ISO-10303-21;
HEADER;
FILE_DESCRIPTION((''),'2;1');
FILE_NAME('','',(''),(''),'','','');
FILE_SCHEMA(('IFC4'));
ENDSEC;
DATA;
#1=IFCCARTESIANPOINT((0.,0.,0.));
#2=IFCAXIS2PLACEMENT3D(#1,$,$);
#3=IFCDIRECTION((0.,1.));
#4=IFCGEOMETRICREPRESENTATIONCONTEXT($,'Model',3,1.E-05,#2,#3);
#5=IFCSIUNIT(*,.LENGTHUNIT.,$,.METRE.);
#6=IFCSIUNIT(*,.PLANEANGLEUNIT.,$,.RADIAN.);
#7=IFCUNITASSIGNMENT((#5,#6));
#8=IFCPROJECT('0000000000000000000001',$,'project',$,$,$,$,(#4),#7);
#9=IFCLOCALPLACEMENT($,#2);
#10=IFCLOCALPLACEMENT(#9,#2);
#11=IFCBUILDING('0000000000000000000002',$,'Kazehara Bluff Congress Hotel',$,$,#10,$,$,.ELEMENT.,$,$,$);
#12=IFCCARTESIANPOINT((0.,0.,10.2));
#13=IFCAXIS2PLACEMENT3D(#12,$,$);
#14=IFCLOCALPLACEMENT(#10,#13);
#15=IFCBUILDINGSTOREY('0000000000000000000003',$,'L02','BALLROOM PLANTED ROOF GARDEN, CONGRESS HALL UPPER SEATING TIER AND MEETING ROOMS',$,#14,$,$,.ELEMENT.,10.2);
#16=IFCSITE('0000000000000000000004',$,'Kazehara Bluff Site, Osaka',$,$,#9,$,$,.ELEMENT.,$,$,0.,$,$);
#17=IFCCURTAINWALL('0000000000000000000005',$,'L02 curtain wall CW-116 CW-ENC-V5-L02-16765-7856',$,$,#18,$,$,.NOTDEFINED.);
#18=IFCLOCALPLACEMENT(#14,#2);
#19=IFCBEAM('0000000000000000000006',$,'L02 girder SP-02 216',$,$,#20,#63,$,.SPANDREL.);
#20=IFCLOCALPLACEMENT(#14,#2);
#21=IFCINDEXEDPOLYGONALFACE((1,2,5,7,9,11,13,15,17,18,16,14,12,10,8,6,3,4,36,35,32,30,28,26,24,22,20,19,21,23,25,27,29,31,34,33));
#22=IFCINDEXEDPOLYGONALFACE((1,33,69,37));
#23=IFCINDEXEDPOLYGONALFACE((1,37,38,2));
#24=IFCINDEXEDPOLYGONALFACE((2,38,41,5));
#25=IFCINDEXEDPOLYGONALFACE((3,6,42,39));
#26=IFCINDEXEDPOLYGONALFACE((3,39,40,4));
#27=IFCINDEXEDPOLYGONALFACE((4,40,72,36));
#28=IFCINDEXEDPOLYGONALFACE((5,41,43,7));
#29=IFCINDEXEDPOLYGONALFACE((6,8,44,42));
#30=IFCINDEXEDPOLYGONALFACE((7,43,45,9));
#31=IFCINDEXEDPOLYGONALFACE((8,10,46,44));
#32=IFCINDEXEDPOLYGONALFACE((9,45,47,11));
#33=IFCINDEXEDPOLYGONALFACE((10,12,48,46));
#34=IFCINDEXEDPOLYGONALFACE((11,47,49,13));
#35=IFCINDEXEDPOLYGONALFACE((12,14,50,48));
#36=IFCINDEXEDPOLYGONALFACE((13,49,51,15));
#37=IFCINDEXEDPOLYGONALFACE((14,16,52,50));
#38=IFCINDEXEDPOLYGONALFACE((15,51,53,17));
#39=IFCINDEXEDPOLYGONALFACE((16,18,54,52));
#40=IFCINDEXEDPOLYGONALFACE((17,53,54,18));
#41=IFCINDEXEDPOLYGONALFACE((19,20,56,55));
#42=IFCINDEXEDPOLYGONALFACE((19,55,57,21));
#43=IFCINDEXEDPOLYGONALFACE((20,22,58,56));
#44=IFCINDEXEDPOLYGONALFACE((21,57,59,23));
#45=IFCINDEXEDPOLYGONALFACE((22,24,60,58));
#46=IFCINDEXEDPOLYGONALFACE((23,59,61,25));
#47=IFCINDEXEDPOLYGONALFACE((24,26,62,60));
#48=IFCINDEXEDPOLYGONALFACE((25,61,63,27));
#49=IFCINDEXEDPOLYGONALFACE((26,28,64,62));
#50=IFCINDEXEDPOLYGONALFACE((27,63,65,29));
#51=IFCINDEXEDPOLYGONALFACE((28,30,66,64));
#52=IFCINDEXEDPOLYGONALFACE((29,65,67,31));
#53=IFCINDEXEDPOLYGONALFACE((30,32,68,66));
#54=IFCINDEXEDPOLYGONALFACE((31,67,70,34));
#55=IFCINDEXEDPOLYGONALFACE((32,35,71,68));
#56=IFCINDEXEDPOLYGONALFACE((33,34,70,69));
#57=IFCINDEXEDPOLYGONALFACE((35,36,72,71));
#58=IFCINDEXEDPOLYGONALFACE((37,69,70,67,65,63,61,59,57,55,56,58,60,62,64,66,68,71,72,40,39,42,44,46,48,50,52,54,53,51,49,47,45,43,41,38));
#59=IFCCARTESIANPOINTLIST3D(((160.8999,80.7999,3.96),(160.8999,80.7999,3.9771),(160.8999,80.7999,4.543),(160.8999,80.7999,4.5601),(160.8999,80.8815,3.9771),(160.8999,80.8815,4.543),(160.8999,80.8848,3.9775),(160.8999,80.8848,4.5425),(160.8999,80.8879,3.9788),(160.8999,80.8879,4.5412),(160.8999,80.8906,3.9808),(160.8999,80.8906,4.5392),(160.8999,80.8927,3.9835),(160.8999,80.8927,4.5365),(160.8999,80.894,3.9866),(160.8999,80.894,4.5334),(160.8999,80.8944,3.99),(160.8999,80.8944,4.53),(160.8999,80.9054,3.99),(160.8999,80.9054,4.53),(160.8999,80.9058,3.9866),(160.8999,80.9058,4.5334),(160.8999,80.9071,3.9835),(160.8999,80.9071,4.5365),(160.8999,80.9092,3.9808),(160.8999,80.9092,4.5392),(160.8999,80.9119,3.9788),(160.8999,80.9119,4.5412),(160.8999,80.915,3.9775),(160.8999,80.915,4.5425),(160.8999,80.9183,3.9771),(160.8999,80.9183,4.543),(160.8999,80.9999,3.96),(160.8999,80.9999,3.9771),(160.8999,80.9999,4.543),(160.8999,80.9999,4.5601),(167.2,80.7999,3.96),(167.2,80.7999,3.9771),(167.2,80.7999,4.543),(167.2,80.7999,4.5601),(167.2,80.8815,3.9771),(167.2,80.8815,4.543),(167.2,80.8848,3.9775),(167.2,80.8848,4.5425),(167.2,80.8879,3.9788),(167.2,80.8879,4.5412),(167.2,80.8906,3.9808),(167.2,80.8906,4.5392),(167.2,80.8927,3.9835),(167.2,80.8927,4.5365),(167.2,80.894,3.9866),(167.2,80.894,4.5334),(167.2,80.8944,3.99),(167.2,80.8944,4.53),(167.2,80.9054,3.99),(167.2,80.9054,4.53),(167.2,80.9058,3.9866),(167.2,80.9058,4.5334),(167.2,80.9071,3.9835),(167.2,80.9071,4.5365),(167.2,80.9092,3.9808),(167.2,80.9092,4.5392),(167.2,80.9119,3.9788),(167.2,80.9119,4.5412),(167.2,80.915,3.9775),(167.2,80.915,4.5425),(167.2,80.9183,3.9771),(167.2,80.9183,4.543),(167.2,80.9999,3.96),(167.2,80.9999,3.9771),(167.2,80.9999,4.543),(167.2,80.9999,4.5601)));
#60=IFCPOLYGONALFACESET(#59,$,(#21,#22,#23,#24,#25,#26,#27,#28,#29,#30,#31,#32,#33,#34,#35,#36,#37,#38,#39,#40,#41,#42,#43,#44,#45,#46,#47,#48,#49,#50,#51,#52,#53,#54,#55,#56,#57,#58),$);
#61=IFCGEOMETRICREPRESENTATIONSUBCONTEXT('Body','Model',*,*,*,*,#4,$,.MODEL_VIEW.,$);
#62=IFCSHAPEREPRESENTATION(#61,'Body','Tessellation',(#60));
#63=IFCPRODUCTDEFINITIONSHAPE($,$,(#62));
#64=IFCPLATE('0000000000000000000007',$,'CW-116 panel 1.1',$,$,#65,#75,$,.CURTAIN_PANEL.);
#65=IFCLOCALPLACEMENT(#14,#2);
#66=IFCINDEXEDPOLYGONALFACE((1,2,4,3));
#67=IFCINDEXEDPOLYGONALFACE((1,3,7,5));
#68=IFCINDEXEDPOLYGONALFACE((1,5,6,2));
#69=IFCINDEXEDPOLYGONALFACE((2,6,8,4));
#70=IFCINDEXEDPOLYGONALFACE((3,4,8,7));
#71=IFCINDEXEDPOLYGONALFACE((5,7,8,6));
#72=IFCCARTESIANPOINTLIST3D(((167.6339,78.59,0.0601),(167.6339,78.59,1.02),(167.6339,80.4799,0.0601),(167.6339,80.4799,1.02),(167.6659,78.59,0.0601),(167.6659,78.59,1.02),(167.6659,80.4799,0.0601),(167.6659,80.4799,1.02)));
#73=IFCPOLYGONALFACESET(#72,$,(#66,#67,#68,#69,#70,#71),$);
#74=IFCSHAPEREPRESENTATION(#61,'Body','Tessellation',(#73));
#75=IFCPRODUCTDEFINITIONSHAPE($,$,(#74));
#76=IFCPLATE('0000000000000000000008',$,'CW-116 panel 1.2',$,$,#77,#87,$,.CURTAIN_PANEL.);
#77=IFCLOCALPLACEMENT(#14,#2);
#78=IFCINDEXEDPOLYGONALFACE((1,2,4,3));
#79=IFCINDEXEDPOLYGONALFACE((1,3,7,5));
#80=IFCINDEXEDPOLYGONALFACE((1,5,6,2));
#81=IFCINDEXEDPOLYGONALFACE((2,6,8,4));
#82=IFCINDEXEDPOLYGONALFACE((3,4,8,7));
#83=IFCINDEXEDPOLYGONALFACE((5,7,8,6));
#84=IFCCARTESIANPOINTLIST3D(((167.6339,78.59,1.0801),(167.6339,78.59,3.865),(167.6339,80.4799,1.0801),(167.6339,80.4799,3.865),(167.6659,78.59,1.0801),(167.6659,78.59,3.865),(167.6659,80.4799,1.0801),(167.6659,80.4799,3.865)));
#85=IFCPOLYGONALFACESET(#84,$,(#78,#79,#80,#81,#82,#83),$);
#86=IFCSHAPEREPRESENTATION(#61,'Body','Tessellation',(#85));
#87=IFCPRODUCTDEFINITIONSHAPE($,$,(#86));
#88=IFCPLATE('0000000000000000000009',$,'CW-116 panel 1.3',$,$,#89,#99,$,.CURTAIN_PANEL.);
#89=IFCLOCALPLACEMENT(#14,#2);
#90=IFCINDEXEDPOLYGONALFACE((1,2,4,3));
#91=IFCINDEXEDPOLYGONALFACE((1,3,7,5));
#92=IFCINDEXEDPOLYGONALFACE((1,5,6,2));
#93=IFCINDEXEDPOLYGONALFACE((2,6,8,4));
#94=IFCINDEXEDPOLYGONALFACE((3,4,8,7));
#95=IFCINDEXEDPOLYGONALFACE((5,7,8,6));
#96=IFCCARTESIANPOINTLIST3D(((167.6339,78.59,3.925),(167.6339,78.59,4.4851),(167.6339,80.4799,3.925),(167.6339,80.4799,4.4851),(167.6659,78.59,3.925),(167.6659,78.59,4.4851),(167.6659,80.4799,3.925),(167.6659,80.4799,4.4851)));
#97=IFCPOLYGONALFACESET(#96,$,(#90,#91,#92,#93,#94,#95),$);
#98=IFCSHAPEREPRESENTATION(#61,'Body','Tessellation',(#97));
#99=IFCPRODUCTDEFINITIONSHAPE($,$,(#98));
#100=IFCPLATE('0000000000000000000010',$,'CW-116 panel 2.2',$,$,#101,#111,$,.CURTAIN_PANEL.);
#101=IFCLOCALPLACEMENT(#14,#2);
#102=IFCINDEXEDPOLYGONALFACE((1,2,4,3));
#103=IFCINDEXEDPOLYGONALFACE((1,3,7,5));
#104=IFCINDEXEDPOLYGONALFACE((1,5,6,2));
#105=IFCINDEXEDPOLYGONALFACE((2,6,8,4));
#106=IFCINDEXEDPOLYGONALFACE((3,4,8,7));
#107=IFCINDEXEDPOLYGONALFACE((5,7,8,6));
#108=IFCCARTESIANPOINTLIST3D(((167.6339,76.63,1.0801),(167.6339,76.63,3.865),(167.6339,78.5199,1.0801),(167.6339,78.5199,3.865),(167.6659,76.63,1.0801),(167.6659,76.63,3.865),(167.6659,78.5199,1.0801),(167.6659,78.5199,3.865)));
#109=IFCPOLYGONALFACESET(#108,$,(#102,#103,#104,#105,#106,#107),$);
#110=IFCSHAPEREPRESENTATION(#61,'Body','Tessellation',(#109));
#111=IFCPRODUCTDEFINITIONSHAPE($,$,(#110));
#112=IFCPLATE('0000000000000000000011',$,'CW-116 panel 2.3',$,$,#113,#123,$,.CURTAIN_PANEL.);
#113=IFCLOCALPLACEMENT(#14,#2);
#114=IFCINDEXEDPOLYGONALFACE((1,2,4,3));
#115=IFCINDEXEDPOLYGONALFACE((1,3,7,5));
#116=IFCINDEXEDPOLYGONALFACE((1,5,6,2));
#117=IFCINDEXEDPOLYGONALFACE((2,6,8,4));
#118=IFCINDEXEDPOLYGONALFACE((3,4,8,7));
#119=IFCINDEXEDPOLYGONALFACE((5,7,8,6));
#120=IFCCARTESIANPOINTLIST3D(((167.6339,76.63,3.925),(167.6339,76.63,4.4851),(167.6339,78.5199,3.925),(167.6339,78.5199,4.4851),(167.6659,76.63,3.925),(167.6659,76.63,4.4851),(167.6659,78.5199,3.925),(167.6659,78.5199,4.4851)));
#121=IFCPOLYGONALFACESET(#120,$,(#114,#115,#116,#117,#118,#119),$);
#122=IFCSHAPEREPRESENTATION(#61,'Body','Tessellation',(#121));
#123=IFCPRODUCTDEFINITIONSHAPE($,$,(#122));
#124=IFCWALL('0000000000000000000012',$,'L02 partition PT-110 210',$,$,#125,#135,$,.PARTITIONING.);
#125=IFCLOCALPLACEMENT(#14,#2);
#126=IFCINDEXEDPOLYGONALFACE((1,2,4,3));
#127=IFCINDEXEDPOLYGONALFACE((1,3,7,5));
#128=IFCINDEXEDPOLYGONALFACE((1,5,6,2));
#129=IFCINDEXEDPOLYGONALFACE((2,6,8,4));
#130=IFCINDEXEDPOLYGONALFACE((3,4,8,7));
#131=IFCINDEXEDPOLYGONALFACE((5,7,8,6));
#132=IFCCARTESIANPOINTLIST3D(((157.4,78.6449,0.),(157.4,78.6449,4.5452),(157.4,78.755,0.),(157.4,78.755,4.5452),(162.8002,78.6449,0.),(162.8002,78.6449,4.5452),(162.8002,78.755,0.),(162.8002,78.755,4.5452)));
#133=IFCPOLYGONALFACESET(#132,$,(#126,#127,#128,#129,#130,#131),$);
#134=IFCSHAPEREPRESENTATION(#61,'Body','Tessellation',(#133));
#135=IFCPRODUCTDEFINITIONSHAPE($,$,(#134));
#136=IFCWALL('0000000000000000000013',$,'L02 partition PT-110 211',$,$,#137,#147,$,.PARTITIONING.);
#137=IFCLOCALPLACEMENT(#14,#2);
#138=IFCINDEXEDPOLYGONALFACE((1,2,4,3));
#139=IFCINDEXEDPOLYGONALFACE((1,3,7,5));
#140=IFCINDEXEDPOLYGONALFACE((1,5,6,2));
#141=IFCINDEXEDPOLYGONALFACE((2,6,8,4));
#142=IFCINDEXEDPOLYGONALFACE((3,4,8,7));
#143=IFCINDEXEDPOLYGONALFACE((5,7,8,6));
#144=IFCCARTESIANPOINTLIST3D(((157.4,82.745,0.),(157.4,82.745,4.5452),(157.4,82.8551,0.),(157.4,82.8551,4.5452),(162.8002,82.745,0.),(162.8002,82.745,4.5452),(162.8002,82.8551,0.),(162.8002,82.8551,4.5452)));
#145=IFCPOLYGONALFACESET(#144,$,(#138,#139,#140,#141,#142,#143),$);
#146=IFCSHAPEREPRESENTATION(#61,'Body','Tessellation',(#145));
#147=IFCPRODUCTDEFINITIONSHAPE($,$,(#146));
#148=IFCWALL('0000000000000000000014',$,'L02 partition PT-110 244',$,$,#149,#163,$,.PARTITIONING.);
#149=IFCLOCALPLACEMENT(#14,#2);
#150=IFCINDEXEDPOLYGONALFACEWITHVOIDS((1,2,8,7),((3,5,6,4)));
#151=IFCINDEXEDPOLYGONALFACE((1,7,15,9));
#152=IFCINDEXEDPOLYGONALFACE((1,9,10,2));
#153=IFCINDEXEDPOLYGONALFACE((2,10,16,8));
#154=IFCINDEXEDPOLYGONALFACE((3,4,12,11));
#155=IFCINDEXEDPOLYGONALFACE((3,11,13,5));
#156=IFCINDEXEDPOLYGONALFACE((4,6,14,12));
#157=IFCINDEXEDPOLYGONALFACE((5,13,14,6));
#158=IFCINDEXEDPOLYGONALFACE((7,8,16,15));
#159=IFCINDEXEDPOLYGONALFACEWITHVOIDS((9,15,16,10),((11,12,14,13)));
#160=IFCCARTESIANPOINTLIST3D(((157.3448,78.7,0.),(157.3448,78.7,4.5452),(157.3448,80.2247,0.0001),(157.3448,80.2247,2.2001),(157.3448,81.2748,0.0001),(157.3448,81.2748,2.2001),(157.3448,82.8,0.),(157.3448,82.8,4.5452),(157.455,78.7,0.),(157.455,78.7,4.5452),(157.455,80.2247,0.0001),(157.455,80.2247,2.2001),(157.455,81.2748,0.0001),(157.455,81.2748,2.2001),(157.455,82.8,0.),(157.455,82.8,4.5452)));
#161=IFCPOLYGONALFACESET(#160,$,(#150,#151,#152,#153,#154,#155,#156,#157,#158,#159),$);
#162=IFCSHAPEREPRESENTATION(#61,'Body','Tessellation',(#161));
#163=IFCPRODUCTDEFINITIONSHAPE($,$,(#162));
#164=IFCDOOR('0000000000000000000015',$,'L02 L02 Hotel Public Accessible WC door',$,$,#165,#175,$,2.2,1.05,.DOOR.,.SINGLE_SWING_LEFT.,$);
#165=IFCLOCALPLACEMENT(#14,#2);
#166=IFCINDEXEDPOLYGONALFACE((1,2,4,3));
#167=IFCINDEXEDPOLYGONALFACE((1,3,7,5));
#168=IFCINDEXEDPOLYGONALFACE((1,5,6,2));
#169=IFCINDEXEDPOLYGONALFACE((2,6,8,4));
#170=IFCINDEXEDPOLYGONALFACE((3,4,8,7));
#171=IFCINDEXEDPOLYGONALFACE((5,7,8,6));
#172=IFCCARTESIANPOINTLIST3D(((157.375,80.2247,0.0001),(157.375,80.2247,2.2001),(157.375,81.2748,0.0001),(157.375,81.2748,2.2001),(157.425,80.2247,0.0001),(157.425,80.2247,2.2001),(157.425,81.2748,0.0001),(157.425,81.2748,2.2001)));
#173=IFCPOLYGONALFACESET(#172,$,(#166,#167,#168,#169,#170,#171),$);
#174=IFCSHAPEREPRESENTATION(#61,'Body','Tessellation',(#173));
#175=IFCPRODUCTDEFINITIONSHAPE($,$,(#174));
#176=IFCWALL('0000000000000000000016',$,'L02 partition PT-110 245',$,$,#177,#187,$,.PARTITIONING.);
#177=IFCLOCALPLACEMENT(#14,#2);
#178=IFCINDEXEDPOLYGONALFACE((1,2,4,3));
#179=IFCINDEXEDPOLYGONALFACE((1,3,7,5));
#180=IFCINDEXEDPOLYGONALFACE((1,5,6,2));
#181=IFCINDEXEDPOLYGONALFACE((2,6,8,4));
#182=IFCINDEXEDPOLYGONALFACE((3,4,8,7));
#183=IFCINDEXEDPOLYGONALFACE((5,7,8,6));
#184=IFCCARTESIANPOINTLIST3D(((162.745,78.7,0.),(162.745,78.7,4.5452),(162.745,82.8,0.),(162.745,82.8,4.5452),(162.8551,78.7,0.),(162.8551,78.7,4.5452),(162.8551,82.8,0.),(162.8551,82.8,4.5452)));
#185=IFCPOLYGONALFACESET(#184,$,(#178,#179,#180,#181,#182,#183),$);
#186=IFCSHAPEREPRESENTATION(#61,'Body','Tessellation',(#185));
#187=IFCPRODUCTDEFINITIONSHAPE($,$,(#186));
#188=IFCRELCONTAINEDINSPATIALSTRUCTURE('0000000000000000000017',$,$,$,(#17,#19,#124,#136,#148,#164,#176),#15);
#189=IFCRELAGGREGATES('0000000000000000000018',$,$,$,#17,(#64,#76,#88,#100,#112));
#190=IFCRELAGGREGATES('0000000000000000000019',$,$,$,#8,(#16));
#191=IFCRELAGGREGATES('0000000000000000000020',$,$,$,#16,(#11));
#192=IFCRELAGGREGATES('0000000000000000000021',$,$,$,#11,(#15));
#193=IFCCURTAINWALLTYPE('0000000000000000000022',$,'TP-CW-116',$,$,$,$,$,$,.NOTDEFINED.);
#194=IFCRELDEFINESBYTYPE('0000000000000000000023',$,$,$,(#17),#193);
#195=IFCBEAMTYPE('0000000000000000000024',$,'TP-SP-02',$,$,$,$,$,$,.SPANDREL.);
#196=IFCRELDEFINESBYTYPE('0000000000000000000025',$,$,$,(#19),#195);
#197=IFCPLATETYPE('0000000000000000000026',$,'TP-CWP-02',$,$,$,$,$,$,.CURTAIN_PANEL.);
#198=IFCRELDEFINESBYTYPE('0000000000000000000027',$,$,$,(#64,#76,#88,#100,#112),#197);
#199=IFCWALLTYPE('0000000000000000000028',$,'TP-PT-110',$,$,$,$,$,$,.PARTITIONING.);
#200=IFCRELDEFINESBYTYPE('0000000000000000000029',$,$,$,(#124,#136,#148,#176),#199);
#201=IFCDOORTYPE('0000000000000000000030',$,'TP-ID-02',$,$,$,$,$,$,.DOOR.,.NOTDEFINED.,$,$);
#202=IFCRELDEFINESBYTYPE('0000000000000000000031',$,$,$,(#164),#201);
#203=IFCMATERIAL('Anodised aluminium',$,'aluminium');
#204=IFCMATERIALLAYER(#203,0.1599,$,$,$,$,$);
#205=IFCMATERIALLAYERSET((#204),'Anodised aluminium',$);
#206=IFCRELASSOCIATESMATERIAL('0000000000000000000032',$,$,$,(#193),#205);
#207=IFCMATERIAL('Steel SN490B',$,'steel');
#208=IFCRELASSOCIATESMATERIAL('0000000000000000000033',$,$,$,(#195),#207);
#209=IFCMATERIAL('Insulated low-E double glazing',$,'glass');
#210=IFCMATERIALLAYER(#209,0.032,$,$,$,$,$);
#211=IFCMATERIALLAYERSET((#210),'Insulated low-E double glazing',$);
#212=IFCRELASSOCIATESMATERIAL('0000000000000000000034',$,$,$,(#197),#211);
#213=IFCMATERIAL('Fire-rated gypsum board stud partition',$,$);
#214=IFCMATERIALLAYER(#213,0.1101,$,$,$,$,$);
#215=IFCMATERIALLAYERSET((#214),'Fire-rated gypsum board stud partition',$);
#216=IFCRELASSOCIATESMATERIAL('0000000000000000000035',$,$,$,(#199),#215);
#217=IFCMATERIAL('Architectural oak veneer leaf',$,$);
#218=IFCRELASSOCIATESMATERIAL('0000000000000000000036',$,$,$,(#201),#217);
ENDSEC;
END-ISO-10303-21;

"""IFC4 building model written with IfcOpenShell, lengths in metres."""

from ifc_helpers import new_model, si_unit, direction, frame, frame_2d, origin, origin_2d, place, context, subcontext, project, spatial, rectangle, i_section, extrude, material, layer, layer_set, material_profile, profile_set, type_object, element, fill, aggregate, save


model = new_model("IFC4")

# Units and contexts
model_context = context("Model", 3, precision=1e-05, world=origin(), true_north=direction((0.0, 1.0)))
body_context = subcontext(model_context, "Body", "Model", "MODEL_VIEW")
ifc_project = project(units=[si_unit("LENGTHUNIT", "METRE"), si_unit("PLANEANGLEUNIT", "RADIAN")], contexts=[model_context])

# Site, building, storey
site_placement = place(None, origin())
site = spatial("IfcSite", under=ifc_project, at=site_placement, Name="Kazehara Bluff Site, Osaka", CompositionType="ELEMENT", RefElevation=0.0)
building_placement = place(site_placement, origin())
building = spatial("IfcBuilding", under=site, at=building_placement, Name="Kazehara Bluff Congress Hotel", CompositionType="ELEMENT")
storey_placement = place(building_placement, frame((0.0, 0.0, 10.2)))
storey = spatial("IfcBuildingStorey", under=building, at=storey_placement, Name="L02", Description="BALLROOM PLANTED ROOF GARDEN, CONGRESS HALL UPPER SEATING TIER AND MEETING ROOMS", CompositionType="ELEMENT", Elevation=10.2)

# Curtain wall
ifc_material_1 = material(Name="Anodised aluminium", Category="aluminium")
ifc_layer_1 = layer(ifc_material_1, 0.1599)
ifc_layer_set_1 = layer_set([ifc_layer_1], Name="Anodised aluminium")
curtain_wall_type = type_object("IfcCurtainWallType", Name="TP-CW-116", PredefinedType="NOTDEFINED", material=ifc_layer_set_1)
curtain_wall_placement = place(storey_placement, origin())
curtain_wall = element("IfcCurtainWall", 1, at=curtain_wall_placement, inside=storey, type_object=curtain_wall_type, Name="L02 curtain wall CW-116 CW-ENC-V5-L02-16765-7856", PredefinedType="NOTDEFINED")

# Beam
ifc_material_2 = material(Name="Steel SN490B", Category="steel")
ifc_material_profile_1 = material_profile(ifc_material_2, i_section(OverallWidth=0.2, OverallDepth=0.6001, WebThickness=0.011, FlangeThickness=0.0171, FilletRadius=0.0129, at=origin_2d()))
ifc_profile_set_1 = profile_set([ifc_material_profile_1], Name="Steel SN490B")
beam_type_1 = type_object("IfcBeamType", Name="TP-SP-02", PredefinedType="SPANDREL", material=ifc_profile_set_1)
beam_1_placement = place(storey_placement, frame((160.8999, 80.8999, 4.26), z_axis=(1.0, 0.0, 0.0), x_axis=(0.0, 1.0, 0.0)))
element("IfcBeam", 2, at=beam_1_placement, inside=storey, type_object=beam_type_1, Name="L02 girder SP-02 216", PredefinedType="SPANDREL", context=body_context, shape_type="SweptSolid", body=[
    extrude(i_section(OverallWidth=0.2, OverallDepth=0.6001, WebThickness=0.011, FlangeThickness=0.0171, FilletRadius=0.0129, at=origin_2d()), origin(), (0.0, 0.0, 1.0), 6.3),
])

# Plates
ifc_material_3 = material(Name="Insulated low-E double glazing", Category="glass")
ifc_layer_2 = layer(ifc_material_3, 0.032)
ifc_layer_set_2 = layer_set([ifc_layer_2], Name="Insulated low-E double glazing")
plate_type = type_object("IfcPlateType", Name="TP-CWP-02", PredefinedType="CURTAIN_PANEL", material=ifc_layer_set_2)
plate_1_placement = place(storey_placement, frame((167.6499, 79.5349, 0.0601), z_axis=(0.0, 0.0, 1.0), x_axis=(0.0, -1.0, 0.0)))
plate_1 = element("IfcPlate", 3, at=plate_1_placement, type_object=plate_type, Name="CW-116 panel 1.1", PredefinedType="CURTAIN_PANEL", context=body_context, shape_type="SweptSolid", body=[
    extrude(rectangle(XDim=1.8899, YDim=0.032, at=origin_2d()), origin(), (0.0, 0.0, 1.0), 0.96),
])
plate_2_placement = place(storey_placement, frame((167.6499, 79.5349, 1.0801), z_axis=(0.0, 0.0, 1.0), x_axis=(0.0, -1.0, 0.0)))
plate_2 = element("IfcPlate", 4, at=plate_2_placement, type_object=plate_type, Name="CW-116 panel 1.2", PredefinedType="CURTAIN_PANEL", context=body_context, shape_type="SweptSolid", body=[
    extrude(rectangle(XDim=1.8899, YDim=0.032, at=origin_2d()), origin(), (0.0, 0.0, 1.0), 2.7849),
])
plate_3_placement = place(storey_placement, frame((167.6499, 79.5349, 3.925), z_axis=(0.0, 0.0, 1.0), x_axis=(0.0, -1.0, 0.0)))
plate_3 = element("IfcPlate", 5, at=plate_3_placement, type_object=plate_type, Name="CW-116 panel 1.3", PredefinedType="CURTAIN_PANEL", context=body_context, shape_type="SweptSolid", body=[
    extrude(rectangle(XDim=1.8899, YDim=0.032, at=origin_2d()), origin(), (0.0, 0.0, 1.0), 0.5601),
])
plate_4_placement = place(storey_placement, frame((167.6499, 77.575, 1.0801), z_axis=(0.0, 0.0, 1.0), x_axis=(0.0, -1.0, 0.0)))
plate_4 = element("IfcPlate", 6, at=plate_4_placement, type_object=plate_type, Name="CW-116 panel 2.2", PredefinedType="CURTAIN_PANEL", context=body_context, shape_type="SweptSolid", body=[
    extrude(rectangle(XDim=1.8899, YDim=0.032, at=origin_2d()), origin(), (0.0, 0.0, 1.0), 2.7849),
])
plate_5_placement = place(storey_placement, frame((167.6499, 77.575, 3.925), z_axis=(0.0, 0.0, 1.0), x_axis=(0.0, -1.0, 0.0)))
plate_5 = element("IfcPlate", 7, at=plate_5_placement, type_object=plate_type, Name="CW-116 panel 2.3", PredefinedType="CURTAIN_PANEL", context=body_context, shape_type="SweptSolid", body=[
    extrude(rectangle(XDim=1.8899, YDim=0.032, at=origin_2d()), origin(), (0.0, 0.0, 1.0), 0.5601),
])
aggregate(curtain_wall, [plate_1, plate_2, plate_3, plate_4, plate_5])

# Walls
ifc_material_4 = material(Name="Fire-rated gypsum board stud partition")
ifc_layer_3 = layer(ifc_material_4, 0.1101)
ifc_layer_set_3 = layer_set([ifc_layer_3], Name="Fire-rated gypsum board stud partition")
wall_type = type_object("IfcWallType", Name="TP-PT-110", PredefinedType="PARTITIONING", material=ifc_layer_set_3)
for number, where, z_axis, x_axis, name in (
    (8, (157.3999, 78.7, 0.0), (0.0, 0.0, 1.0), (1.0, 0.0, 0.0), "L02 partition PT-110 210"),
    (9, (157.3999, 82.8, 0.0), (0.0, 0.0, 1.0), (1.0, 0.0, 0.0), "L02 partition PT-110 211"),
):
    element("IfcWall", number, at=place(storey_placement, frame(where, z_axis=z_axis, x_axis=x_axis)), inside=storey, type_object=wall_type, Name=name, PredefinedType="PARTITIONING", context=body_context, shape_type="SweptSolid", body=[
        extrude(rectangle(XDim=5.4001, YDim=0.1101, at=frame_2d((2.7002, 0.0))), origin(), (0.0, 0.0, 1.0), 4.5452),
    ])

# Wall, opening, door
wall_1_placement = place(storey_placement, frame((157.3999, 78.7, 0.0), z_axis=(0.0, 0.0, 1.0), x_axis=(0.0, 1.0, 0.0)))
wall_1 = element("IfcWall", 10, at=wall_1_placement, inside=storey, type_object=wall_type, Name="L02 partition PT-110 244", PredefinedType="PARTITIONING", context=body_context, shape_type="SweptSolid", body=[
    extrude(rectangle(XDim=4.1001, YDim=0.1101, at=frame_2d((2.05, 0.0))), origin(), (0.0, 0.0, 1.0), 4.5452),
])
opening_placement = place(wall_1_placement, frame((1.5249, 0.0, 0.0)))
opening = element("IfcOpeningElement", 11, at=opening_placement, cuts=wall_1, PredefinedType="OPENING", context=body_context, shape_type="SweptSolid", body=[
    extrude(rectangle(XDim=1.05, YDim=2.2, at=frame_2d((0.5249, 1.1001))), frame((0.0, 0.0649, 0.0), z_axis=(0.0, -1.0, 0.0), x_axis=(1.0, 0.0, 0.0)), (0.0, 0.0, 1.0), 0.1301),
])
ifc_material_5 = material(Name="Architectural oak veneer leaf")
door_type = type_object("IfcDoorType", Name="TP-ID-02", OperationType="NOTDEFINED", PredefinedType="DOOR", material=ifc_material_5)
door_placement = place(opening_placement, origin())
door = element("IfcDoor", 12, at=door_placement, inside=storey, type_object=door_type, Name="L02 L02 Hotel Public Accessible WC door", OperationType="SINGLE_SWING_LEFT", OverallHeight=2.2, OverallWidth=1.05, PredefinedType="DOOR", context=body_context, shape_type="SweptSolid", body=[
    extrude(rectangle(XDim=1.05, YDim=2.2, at=frame_2d((0.5249, 1.1001))), frame((0.0, 0.0249, 0.0), z_axis=(0.0, -1.0, 0.0), x_axis=(1.0, 0.0, 0.0)), (0.0, 0.0, 1.0), 0.05),
])
fill(opening, door)

# Wall
wall_2_placement = place(storey_placement, frame((162.8, 78.7, 0.0), z_axis=(0.0, 0.0, 1.0), x_axis=(0.0, 1.0, 0.0)))
element("IfcWall", 13, at=wall_2_placement, inside=storey, type_object=wall_type, Name="L02 partition PT-110 245", PredefinedType="PARTITIONING", context=body_context, shape_type="SweptSolid", body=[
    extrude(rectangle(XDim=4.1001, YDim=0.1101, at=frame_2d((2.05, 0.0))), origin(), (0.0, 0.0, 1.0), 4.5452),
])

save(model, "model.ifc")
